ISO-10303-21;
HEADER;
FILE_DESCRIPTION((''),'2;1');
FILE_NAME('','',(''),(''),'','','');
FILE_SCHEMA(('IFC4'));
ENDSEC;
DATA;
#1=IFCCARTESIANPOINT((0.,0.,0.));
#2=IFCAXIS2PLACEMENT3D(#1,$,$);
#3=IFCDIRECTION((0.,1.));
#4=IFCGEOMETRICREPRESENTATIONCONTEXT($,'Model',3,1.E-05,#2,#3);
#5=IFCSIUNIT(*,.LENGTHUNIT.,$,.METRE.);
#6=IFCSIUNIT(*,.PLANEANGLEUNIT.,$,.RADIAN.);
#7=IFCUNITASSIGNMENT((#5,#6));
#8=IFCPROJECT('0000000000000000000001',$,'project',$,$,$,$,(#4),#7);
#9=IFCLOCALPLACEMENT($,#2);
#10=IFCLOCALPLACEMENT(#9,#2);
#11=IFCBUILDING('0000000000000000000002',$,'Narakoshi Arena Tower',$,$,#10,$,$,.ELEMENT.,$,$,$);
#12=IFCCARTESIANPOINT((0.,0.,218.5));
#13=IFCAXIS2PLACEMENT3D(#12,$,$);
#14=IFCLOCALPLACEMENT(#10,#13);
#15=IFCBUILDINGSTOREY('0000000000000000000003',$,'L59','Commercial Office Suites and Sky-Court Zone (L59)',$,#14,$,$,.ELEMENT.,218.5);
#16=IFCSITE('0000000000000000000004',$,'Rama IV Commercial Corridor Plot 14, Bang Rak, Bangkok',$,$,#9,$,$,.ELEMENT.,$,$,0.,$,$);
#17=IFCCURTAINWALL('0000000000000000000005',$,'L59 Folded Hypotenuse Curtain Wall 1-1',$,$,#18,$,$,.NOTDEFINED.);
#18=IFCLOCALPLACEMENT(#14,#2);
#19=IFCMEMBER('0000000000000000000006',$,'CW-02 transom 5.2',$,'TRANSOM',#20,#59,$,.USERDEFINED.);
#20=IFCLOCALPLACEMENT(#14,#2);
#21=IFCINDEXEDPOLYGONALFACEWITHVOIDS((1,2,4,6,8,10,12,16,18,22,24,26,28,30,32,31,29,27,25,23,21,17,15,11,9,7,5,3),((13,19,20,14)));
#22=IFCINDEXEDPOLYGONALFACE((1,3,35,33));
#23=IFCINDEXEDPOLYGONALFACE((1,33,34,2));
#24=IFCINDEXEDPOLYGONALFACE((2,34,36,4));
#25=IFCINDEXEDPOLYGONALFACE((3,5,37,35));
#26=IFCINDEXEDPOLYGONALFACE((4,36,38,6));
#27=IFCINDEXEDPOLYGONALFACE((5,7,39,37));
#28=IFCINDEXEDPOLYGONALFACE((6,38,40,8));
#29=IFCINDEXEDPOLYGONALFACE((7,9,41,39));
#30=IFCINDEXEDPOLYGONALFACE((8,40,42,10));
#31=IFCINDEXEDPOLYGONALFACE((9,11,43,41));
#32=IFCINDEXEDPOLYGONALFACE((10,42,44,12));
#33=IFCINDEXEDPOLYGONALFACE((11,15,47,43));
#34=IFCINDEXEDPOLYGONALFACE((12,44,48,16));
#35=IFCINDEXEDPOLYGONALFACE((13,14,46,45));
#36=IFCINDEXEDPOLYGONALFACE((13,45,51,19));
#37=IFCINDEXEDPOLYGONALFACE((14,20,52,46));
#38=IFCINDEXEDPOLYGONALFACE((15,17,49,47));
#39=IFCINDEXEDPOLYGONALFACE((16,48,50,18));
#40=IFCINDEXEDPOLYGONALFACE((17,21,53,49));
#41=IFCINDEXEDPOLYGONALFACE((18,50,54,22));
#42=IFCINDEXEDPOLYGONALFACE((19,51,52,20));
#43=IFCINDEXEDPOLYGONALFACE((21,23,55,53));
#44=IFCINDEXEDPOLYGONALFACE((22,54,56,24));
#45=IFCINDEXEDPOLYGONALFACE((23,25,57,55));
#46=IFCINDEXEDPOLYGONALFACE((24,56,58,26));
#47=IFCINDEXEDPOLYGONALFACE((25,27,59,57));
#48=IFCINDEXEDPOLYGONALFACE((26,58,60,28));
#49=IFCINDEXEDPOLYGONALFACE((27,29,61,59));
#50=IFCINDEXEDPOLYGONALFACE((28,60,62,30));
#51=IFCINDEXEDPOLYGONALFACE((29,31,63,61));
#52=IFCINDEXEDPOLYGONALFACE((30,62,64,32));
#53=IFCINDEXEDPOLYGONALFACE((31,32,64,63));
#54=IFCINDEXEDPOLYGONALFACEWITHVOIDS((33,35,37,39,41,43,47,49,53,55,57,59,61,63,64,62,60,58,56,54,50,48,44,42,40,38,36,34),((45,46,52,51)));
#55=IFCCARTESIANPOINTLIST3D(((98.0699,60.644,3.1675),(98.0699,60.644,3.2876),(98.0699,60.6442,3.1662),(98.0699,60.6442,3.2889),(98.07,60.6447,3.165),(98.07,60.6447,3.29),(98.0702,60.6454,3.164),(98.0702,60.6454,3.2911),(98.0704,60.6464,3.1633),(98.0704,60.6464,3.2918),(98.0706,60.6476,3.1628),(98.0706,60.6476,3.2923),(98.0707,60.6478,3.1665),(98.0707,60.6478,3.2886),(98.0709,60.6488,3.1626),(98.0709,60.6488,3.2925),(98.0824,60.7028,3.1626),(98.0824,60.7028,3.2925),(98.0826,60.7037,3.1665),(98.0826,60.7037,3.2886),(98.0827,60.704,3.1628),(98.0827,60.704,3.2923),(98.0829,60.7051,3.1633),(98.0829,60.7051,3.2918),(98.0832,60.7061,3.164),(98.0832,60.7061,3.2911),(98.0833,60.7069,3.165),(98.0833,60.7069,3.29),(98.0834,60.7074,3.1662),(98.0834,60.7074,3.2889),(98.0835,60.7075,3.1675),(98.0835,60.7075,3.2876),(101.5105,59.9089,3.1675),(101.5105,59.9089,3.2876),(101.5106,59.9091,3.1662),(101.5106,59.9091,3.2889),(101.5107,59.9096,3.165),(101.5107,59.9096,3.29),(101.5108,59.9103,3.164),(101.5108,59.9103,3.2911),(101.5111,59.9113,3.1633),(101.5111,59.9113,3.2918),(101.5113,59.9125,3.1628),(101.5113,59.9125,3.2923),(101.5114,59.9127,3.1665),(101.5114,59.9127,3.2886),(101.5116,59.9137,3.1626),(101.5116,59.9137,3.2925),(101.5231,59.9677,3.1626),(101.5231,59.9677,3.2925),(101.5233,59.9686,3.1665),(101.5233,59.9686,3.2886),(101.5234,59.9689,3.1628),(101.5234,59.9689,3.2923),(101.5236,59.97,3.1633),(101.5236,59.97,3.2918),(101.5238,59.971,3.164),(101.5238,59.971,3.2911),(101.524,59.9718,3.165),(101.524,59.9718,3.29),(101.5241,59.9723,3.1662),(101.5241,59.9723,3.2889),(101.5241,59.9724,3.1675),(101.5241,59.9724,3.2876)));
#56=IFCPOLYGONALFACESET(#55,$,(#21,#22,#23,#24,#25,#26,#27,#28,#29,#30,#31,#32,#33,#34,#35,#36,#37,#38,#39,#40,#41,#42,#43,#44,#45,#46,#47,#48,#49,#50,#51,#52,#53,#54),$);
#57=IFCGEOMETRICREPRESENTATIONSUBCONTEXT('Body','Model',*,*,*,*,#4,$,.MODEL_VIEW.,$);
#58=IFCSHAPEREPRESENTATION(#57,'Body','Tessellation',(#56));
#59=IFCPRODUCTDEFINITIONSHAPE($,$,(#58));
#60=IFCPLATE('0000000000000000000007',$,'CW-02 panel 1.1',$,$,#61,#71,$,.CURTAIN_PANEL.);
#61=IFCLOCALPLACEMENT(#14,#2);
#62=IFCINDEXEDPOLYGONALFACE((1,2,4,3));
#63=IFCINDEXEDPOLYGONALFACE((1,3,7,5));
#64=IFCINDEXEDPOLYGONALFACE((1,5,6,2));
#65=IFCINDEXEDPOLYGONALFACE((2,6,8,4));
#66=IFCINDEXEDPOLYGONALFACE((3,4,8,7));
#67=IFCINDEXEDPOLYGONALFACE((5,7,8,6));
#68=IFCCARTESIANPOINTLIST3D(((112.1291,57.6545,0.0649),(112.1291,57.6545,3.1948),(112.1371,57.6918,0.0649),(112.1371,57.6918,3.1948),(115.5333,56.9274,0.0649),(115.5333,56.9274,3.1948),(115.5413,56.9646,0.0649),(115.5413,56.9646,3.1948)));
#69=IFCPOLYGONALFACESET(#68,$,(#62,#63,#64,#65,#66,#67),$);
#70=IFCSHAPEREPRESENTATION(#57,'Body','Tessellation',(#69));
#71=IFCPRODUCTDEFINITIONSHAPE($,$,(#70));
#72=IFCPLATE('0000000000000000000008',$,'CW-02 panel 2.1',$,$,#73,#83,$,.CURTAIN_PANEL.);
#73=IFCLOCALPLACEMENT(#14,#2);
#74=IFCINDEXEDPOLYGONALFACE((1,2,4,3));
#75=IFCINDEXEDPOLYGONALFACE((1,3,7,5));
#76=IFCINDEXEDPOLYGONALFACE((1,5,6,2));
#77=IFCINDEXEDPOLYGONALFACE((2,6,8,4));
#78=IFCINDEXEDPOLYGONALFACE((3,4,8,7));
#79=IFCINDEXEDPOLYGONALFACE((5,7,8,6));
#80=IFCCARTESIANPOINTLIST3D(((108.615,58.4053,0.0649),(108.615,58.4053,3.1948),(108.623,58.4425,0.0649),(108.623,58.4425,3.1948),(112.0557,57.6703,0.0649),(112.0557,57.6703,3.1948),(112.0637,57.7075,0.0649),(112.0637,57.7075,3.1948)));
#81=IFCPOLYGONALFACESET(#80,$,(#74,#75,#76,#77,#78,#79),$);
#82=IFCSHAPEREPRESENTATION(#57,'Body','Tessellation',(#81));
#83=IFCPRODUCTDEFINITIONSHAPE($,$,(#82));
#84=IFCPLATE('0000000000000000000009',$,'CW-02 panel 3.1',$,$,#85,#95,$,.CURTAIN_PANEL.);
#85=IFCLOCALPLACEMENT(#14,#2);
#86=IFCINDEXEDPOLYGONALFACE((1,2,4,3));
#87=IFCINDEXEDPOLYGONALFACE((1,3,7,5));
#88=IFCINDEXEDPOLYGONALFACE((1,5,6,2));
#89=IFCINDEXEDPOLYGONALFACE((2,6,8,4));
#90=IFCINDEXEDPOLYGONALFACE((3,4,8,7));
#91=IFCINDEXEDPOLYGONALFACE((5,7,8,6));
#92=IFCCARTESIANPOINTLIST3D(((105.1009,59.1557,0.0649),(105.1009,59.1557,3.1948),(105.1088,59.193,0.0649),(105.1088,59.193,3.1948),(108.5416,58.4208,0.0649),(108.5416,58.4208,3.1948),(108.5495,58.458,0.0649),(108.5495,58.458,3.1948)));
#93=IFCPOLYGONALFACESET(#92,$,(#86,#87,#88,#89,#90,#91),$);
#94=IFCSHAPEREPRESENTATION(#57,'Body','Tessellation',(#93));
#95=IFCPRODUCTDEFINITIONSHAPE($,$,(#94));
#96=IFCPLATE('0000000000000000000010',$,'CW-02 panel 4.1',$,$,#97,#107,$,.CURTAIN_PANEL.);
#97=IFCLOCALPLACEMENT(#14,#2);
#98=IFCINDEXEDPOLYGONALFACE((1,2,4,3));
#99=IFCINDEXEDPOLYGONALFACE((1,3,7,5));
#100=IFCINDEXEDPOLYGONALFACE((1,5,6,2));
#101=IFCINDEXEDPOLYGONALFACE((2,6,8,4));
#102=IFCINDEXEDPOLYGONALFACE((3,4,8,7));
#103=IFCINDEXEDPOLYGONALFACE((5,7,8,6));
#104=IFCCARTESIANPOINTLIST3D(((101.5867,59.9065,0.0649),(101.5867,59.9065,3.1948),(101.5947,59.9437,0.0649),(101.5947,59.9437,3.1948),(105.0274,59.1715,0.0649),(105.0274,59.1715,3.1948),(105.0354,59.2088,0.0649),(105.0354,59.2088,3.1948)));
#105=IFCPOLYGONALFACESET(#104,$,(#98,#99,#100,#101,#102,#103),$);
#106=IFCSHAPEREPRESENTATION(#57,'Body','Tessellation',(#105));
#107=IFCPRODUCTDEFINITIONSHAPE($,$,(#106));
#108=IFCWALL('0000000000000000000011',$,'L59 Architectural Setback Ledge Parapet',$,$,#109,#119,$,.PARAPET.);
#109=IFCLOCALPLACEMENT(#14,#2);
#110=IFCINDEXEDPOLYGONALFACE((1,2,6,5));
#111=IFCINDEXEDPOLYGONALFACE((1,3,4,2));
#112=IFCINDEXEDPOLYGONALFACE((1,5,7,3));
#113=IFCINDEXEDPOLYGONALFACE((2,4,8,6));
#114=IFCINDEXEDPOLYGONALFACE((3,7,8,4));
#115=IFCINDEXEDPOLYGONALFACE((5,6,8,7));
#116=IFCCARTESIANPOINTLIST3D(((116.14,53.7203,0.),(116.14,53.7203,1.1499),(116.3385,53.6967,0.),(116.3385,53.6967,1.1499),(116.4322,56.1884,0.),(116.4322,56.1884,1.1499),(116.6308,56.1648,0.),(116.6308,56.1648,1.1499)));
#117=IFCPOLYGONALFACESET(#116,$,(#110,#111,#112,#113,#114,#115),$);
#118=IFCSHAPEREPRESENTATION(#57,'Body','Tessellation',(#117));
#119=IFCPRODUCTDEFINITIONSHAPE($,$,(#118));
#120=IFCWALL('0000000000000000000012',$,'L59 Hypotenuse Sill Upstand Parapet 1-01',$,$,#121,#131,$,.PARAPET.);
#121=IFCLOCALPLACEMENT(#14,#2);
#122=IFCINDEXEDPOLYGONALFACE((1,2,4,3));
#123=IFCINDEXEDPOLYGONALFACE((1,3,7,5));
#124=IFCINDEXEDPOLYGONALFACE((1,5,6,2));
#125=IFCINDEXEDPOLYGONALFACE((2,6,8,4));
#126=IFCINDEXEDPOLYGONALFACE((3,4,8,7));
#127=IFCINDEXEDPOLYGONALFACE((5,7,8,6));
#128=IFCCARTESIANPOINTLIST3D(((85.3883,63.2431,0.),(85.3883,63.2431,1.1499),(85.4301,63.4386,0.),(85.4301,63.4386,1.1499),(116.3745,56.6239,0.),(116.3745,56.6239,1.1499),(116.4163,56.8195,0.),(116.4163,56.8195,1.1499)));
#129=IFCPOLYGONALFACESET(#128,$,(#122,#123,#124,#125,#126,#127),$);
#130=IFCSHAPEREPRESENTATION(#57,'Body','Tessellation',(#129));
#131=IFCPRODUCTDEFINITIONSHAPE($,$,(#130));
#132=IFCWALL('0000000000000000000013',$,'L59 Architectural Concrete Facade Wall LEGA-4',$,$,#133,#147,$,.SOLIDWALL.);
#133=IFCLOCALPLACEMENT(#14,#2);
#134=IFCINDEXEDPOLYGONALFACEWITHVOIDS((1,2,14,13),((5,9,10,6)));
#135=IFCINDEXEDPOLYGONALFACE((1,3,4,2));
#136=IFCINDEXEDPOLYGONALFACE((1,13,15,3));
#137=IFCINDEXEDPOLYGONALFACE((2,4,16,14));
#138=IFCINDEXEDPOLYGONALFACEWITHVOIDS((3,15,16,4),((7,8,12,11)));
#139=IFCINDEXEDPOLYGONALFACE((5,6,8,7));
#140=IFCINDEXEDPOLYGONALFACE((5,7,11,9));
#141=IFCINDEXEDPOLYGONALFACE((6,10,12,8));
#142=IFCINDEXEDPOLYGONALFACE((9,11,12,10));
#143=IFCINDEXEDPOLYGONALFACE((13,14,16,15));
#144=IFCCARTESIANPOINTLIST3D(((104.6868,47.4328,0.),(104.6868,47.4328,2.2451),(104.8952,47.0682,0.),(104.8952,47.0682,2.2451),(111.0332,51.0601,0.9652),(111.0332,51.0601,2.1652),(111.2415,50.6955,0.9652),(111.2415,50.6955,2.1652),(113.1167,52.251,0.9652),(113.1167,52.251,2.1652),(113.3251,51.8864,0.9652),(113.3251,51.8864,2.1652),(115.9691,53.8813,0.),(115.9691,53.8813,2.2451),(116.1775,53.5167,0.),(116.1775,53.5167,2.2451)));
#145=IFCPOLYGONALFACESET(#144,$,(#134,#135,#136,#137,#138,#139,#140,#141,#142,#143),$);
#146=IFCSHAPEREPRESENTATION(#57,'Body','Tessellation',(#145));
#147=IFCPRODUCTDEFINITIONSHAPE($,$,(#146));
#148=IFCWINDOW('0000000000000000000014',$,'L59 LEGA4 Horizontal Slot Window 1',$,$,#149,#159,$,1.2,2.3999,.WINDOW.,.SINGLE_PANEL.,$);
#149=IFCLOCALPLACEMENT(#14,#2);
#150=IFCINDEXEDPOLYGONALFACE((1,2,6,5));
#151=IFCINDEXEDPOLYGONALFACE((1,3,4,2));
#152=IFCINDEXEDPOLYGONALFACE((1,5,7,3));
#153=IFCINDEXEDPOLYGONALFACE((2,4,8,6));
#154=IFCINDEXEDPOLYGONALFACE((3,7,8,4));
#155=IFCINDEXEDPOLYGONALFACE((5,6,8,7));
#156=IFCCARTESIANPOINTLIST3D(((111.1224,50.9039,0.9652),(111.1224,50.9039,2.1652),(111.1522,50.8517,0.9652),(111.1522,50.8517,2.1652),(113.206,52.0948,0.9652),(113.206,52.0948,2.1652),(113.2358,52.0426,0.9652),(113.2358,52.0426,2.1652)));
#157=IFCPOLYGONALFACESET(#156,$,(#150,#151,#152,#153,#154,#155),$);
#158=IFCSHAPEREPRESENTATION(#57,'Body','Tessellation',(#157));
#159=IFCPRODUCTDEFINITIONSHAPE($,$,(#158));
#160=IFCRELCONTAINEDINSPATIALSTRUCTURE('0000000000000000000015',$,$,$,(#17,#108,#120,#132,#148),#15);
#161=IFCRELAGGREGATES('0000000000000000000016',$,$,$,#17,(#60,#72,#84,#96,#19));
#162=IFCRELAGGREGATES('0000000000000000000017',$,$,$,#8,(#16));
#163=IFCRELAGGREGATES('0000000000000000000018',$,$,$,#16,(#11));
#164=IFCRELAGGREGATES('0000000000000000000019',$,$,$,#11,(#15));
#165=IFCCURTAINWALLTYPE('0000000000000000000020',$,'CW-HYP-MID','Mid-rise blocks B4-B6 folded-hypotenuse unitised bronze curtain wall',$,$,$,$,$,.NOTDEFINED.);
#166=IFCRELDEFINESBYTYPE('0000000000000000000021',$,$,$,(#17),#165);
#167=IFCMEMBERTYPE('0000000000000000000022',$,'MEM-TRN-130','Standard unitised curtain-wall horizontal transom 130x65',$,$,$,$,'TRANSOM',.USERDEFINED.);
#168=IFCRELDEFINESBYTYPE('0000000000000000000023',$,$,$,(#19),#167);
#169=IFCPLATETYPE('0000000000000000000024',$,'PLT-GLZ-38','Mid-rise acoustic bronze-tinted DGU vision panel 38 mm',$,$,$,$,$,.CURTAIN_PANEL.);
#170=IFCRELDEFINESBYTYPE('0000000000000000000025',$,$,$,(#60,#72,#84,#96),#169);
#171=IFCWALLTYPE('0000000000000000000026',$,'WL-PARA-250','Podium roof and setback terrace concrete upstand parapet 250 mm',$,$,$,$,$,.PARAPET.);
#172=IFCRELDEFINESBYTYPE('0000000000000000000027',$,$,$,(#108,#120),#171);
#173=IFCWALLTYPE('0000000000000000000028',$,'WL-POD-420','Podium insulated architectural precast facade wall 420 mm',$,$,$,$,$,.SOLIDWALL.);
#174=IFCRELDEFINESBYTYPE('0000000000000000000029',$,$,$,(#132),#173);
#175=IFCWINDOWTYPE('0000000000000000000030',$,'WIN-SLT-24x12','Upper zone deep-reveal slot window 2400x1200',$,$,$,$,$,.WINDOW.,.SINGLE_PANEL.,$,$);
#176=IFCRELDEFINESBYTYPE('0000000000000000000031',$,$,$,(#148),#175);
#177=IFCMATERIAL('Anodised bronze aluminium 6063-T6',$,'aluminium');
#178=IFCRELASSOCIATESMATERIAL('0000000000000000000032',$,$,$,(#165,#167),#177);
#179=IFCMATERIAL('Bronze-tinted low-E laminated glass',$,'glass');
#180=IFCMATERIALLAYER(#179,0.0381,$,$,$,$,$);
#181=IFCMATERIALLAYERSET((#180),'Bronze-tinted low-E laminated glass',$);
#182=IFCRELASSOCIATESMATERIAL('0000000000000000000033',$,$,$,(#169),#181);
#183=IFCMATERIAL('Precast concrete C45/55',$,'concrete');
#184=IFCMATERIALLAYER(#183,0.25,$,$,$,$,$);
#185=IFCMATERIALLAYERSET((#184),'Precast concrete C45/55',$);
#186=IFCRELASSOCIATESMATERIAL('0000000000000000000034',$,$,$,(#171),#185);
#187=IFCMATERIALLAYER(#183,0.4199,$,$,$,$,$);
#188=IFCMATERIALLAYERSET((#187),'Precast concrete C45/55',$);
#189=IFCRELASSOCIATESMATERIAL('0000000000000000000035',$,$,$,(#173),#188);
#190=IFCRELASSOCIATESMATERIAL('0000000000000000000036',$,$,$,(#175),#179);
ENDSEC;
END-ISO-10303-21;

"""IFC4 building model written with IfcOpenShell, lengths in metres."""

from ifc_helpers import new_model, si_unit, direction, frame, frame_2d, origin, origin_2d, place, context, subcontext, project, spatial, rectangle, hollow_rectangle, extrude, material, layer, layer_set, material_profile, profile_set, type_object, element, fill, aggregate, save


model = new_model("IFC4")

# Units and contexts
model_context = context("Model", 3, precision=1e-05, world=origin(), true_north=direction((0.0, 1.0)))
body_context = subcontext(model_context, "Body", "Model", "MODEL_VIEW")
ifc_project = project(units=[si_unit("LENGTHUNIT", "METRE"), si_unit("PLANEANGLEUNIT", "RADIAN")], contexts=[model_context])

# Site, building, storey
site_placement = place(None, origin())
site = spatial("IfcSite", under=ifc_project, at=site_placement, Name="Rama IV Commercial Corridor Plot 14, Bang Rak, Bangkok", CompositionType="ELEMENT", RefElevation=0.0)
building_placement = place(site_placement, origin())
building = spatial("IfcBuilding", under=site, at=building_placement, Name="Narakoshi Arena Tower", CompositionType="ELEMENT")
storey_placement = place(building_placement, frame((0.0, 0.0, 218.5)))
storey = spatial("IfcBuildingStorey", under=building, at=storey_placement, Name="L59", Description="Commercial Office Suites and Sky-Court Zone (L59)", CompositionType="ELEMENT", Elevation=218.5)

# Curtain wall, member, plates
ifc_material_1 = material(Name="Anodised bronze aluminium 6063-T6", Category="aluminium")
curtain_wall_type = type_object("IfcCurtainWallType", Name="CW-HYP-MID", Description="Mid-rise blocks B4-B6 folded-hypotenuse unitised bronze curtain wall", PredefinedType="NOTDEFINED", material=ifc_material_1)
curtain_wall_placement = place(storey_placement, origin())
curtain_wall = element("IfcCurtainWall", 1, at=curtain_wall_placement, inside=storey, type_object=curtain_wall_type, Name="L59 Folded Hypotenuse Curtain Wall 1-1", PredefinedType="NOTDEFINED")
ifc_material_profile_1 = material_profile(ifc_material_1, hollow_rectangle(XDim=0.0649, YDim=0.1299, WallThickness=0.0039, OuterFilletRadius=0.0049, at=origin_2d()), Name="TRN130x65x4")
ifc_profile_set_1 = profile_set([ifc_material_profile_1], Name="Anodised bronze aluminium 6063-T6")
member_type_1 = type_object("IfcMemberType", Name="MEM-TRN-130", Description="Standard unitised curtain-wall horizontal transom 130x65", ElementType="TRANSOM", PredefinedType="USERDEFINED", material=ifc_profile_set_1)
member_1_placement = place(storey_placement, frame((101.5173, 59.9407, 3.2275), z_axis=(-0.977929, 0.208937, 0.0), x_axis=(-0.208937, -0.977929, 0.0)))
member_1 = element("IfcMember", 2, at=member_1_placement, type_object=member_type_1, Name="CW-02 transom 5.2", ObjectType="TRANSOM", PredefinedType="USERDEFINED", context=body_context, shape_type="SweptSolid", body=[
    extrude(hollow_rectangle(XDim=0.0649, YDim=0.1299, WallThickness=0.0039, OuterFilletRadius=0.0049, at=origin_2d()), origin(), (0.0, 0.0, 1.0), 3.5183),
])
ifc_material_2 = material(Name="Bronze-tinted low-E laminated glass", Category="glass")
ifc_layer_1 = layer(ifc_material_2, 0.0381)
ifc_layer_set_1 = layer_set([ifc_layer_1], Name="Bronze-tinted low-E laminated glass")
plate_type = type_object("IfcPlateType", Name="PLT-GLZ-38", Description="Mid-rise acoustic bronze-tinted DGU vision panel 38 mm", PredefinedType="CURTAIN_PANEL", material=ifc_layer_set_1)
plate_1_placement = place(storey_placement, frame((113.8352, 57.3096, 0.0649), z_axis=(0.0, 0.0, 1.0), x_axis=(-0.977937, 0.208899, 0.0)))
plate_1 = element("IfcPlate", 3, at=plate_1_placement, type_object=plate_type, Name="CW-02 panel 1.1", PredefinedType="CURTAIN_PANEL", context=body_context, shape_type="SweptSolid", body=[
    extrude(rectangle(XDim=3.481, YDim=0.0381, at=origin_2d()), origin(), (0.0, 0.0, 1.0), 3.1299),
])
plate_2_placement = place(storey_placement, frame((110.3394, 58.0564, 0.0649), z_axis=(0.0, 0.0, 1.0), x_axis=(-0.977937, 0.208899, 0.0)))
plate_2 = element("IfcPlate", 4, at=plate_2_placement, type_object=plate_type, Name="CW-02 panel 2.1", PredefinedType="CURTAIN_PANEL", context=body_context, shape_type="SweptSolid", body=[
    extrude(rectangle(XDim=3.5183, YDim=0.0381, at=origin_2d()), origin(), (0.0, 0.0, 1.0), 3.1299),
])
plate_3_placement = place(storey_placement, frame((106.8252, 58.8069, 0.0649), z_axis=(0.0, 0.0, 1.0), x_axis=(-0.977937, 0.208899, 0.0)))
plate_3 = element("IfcPlate", 5, at=plate_3_placement, type_object=plate_type, Name="CW-02 panel 3.1", PredefinedType="CURTAIN_PANEL", context=body_context, shape_type="SweptSolid", body=[
    extrude(rectangle(XDim=3.5183, YDim=0.0381, at=origin_2d()), origin(), (0.0, 0.0, 1.0), 3.1299),
])
plate_4_placement = place(storey_placement, frame((103.311, 59.5576, 0.0649), z_axis=(0.0, 0.0, 1.0), x_axis=(-0.977937, 0.208899, 0.0)))
plate_4 = element("IfcPlate", 6, at=plate_4_placement, type_object=plate_type, Name="CW-02 panel 4.1", PredefinedType="CURTAIN_PANEL", context=body_context, shape_type="SweptSolid", body=[
    extrude(rectangle(XDim=3.5183, YDim=0.0381, at=origin_2d()), origin(), (0.0, 0.0, 1.0), 3.1299),
])
aggregate(curtain_wall, [plate_1, plate_2, plate_3, plate_4, member_1])

# Walls
ifc_material_3 = material(Name="Precast concrete C45/55", Category="concrete")
ifc_layer_2 = layer(ifc_material_3, 0.25)
ifc_layer_set_2 = layer_set([ifc_layer_2], Name="Precast concrete C45/55")
wall_type_1 = type_object("IfcWallType", Name="WL-PARA-250", Description="Podium roof and setback terrace concrete upstand parapet 250 mm", PredefinedType="PARAPET", material=ifc_layer_set_2)
wall_1_placement = place(storey_placement, frame((116.2393, 53.7085, 0.0), z_axis=(0.0, 0.0, 1.0), x_axis=(0.117588, 0.993062, 0.0)))
element("IfcWall", 7, at=wall_1_placement, inside=storey, type_object=wall_type_1, Name="L59 Architectural Setback Ledge Parapet", PredefinedType="PARAPET", context=body_context, shape_type="SweptSolid", body=[
    extrude(rectangle(XDim=2.4854, YDim=0.2, at=frame_2d((1.2427, 0.0))), origin(), (0.0, 0.0, 1.0), 1.1499),
])
wall_2_placement = place(storey_placement, frame((116.3955, 56.7217, 0.0), z_axis=(0.0, 0.0, 1.0), x_axis=(-0.977937, 0.208902, 0.0)))
element("IfcWall", 8, at=wall_2_placement, inside=storey, type_object=wall_type_1, Name="L59 Hypotenuse Sill Upstand Parapet 1-01", PredefinedType="PARAPET", context=body_context, shape_type="SweptSolid", body=[
    extrude(rectangle(XDim=31.6853, YDim=0.2, at=frame_2d((15.8428, 0.0))), origin(), (0.0, 0.0, 1.0), 1.1499),
])

# Wall, opening, window
ifc_layer_3 = layer(ifc_material_3, 0.4199)
ifc_layer_set_3 = layer_set([ifc_layer_3], Name="Precast concrete C45/55")
wall_type_2 = type_object("IfcWallType", Name="WL-POD-420", Description="Podium insulated architectural precast facade wall 420 mm", PredefinedType="SOLIDWALL", material=ifc_layer_set_3)
wall_3_placement = place(storey_placement, frame((104.791, 47.2505, 0.0), z_axis=(0.0, 0.0, 1.0), x_axis=(0.868193, 0.496226, 0.0)))
wall_3 = element("IfcWall", 9, at=wall_3_placement, inside=storey, type_object=wall_type_2, Name="L59 Architectural Concrete Facade Wall LEGA-4", PredefinedType="SOLIDWALL", context=body_context, shape_type="SweptSolid", body=[
    extrude(rectangle(XDim=12.9951, YDim=0.4199, at=frame_2d((6.4976, 0.0))), origin(), (0.0, 0.0, 1.0), 2.2451),
])
opening_1_placement = place(wall_3_placement, frame((7.3098, 0.0, 0.9651)))
opening_1 = element("IfcOpeningElement", 10, at=opening_1_placement, cuts=wall_3, PredefinedType="OPENING", context=body_context, shape_type="SweptSolid", body=[
    extrude(rectangle(XDim=2.3999, YDim=1.2, at=frame_2d((1.2, 0.6001))), frame((0.0, 0.22, 0.0), z_axis=(0.0, -1.0, 0.0), x_axis=(1.0, 0.0, 0.0)), (0.0, 0.0, 1.0), 0.4399),
])
window_type_1 = type_object("IfcWindowType", Name="WIN-SLT-24x12", Description="Upper zone deep-reveal slot window 2400x1200", PartitioningType="SINGLE_PANEL", PredefinedType="WINDOW", material=ifc_material_2)
window_1_placement = place(opening_1_placement, origin())
window_1 = element("IfcWindow", 11, at=window_1_placement, inside=storey, type_object=window_type_1, Name="L59 LEGA4 Horizontal Slot Window 1", OverallHeight=1.2, OverallWidth=2.3999, PartitioningType="SINGLE_PANEL", PredefinedType="WINDOW", context=body_context, shape_type="SweptSolid", body=[
    extrude(rectangle(XDim=2.3999, YDim=1.2, at=frame_2d((1.2, 0.6001))), frame((0.0, 0.03, 0.0), z_axis=(0.0, -1.0, 0.0), x_axis=(1.0, 0.0, 0.0)), (0.0, 0.0, 1.0), 0.0601),
])
fill(opening_1, window_1)

save(model, "model.ifc")
